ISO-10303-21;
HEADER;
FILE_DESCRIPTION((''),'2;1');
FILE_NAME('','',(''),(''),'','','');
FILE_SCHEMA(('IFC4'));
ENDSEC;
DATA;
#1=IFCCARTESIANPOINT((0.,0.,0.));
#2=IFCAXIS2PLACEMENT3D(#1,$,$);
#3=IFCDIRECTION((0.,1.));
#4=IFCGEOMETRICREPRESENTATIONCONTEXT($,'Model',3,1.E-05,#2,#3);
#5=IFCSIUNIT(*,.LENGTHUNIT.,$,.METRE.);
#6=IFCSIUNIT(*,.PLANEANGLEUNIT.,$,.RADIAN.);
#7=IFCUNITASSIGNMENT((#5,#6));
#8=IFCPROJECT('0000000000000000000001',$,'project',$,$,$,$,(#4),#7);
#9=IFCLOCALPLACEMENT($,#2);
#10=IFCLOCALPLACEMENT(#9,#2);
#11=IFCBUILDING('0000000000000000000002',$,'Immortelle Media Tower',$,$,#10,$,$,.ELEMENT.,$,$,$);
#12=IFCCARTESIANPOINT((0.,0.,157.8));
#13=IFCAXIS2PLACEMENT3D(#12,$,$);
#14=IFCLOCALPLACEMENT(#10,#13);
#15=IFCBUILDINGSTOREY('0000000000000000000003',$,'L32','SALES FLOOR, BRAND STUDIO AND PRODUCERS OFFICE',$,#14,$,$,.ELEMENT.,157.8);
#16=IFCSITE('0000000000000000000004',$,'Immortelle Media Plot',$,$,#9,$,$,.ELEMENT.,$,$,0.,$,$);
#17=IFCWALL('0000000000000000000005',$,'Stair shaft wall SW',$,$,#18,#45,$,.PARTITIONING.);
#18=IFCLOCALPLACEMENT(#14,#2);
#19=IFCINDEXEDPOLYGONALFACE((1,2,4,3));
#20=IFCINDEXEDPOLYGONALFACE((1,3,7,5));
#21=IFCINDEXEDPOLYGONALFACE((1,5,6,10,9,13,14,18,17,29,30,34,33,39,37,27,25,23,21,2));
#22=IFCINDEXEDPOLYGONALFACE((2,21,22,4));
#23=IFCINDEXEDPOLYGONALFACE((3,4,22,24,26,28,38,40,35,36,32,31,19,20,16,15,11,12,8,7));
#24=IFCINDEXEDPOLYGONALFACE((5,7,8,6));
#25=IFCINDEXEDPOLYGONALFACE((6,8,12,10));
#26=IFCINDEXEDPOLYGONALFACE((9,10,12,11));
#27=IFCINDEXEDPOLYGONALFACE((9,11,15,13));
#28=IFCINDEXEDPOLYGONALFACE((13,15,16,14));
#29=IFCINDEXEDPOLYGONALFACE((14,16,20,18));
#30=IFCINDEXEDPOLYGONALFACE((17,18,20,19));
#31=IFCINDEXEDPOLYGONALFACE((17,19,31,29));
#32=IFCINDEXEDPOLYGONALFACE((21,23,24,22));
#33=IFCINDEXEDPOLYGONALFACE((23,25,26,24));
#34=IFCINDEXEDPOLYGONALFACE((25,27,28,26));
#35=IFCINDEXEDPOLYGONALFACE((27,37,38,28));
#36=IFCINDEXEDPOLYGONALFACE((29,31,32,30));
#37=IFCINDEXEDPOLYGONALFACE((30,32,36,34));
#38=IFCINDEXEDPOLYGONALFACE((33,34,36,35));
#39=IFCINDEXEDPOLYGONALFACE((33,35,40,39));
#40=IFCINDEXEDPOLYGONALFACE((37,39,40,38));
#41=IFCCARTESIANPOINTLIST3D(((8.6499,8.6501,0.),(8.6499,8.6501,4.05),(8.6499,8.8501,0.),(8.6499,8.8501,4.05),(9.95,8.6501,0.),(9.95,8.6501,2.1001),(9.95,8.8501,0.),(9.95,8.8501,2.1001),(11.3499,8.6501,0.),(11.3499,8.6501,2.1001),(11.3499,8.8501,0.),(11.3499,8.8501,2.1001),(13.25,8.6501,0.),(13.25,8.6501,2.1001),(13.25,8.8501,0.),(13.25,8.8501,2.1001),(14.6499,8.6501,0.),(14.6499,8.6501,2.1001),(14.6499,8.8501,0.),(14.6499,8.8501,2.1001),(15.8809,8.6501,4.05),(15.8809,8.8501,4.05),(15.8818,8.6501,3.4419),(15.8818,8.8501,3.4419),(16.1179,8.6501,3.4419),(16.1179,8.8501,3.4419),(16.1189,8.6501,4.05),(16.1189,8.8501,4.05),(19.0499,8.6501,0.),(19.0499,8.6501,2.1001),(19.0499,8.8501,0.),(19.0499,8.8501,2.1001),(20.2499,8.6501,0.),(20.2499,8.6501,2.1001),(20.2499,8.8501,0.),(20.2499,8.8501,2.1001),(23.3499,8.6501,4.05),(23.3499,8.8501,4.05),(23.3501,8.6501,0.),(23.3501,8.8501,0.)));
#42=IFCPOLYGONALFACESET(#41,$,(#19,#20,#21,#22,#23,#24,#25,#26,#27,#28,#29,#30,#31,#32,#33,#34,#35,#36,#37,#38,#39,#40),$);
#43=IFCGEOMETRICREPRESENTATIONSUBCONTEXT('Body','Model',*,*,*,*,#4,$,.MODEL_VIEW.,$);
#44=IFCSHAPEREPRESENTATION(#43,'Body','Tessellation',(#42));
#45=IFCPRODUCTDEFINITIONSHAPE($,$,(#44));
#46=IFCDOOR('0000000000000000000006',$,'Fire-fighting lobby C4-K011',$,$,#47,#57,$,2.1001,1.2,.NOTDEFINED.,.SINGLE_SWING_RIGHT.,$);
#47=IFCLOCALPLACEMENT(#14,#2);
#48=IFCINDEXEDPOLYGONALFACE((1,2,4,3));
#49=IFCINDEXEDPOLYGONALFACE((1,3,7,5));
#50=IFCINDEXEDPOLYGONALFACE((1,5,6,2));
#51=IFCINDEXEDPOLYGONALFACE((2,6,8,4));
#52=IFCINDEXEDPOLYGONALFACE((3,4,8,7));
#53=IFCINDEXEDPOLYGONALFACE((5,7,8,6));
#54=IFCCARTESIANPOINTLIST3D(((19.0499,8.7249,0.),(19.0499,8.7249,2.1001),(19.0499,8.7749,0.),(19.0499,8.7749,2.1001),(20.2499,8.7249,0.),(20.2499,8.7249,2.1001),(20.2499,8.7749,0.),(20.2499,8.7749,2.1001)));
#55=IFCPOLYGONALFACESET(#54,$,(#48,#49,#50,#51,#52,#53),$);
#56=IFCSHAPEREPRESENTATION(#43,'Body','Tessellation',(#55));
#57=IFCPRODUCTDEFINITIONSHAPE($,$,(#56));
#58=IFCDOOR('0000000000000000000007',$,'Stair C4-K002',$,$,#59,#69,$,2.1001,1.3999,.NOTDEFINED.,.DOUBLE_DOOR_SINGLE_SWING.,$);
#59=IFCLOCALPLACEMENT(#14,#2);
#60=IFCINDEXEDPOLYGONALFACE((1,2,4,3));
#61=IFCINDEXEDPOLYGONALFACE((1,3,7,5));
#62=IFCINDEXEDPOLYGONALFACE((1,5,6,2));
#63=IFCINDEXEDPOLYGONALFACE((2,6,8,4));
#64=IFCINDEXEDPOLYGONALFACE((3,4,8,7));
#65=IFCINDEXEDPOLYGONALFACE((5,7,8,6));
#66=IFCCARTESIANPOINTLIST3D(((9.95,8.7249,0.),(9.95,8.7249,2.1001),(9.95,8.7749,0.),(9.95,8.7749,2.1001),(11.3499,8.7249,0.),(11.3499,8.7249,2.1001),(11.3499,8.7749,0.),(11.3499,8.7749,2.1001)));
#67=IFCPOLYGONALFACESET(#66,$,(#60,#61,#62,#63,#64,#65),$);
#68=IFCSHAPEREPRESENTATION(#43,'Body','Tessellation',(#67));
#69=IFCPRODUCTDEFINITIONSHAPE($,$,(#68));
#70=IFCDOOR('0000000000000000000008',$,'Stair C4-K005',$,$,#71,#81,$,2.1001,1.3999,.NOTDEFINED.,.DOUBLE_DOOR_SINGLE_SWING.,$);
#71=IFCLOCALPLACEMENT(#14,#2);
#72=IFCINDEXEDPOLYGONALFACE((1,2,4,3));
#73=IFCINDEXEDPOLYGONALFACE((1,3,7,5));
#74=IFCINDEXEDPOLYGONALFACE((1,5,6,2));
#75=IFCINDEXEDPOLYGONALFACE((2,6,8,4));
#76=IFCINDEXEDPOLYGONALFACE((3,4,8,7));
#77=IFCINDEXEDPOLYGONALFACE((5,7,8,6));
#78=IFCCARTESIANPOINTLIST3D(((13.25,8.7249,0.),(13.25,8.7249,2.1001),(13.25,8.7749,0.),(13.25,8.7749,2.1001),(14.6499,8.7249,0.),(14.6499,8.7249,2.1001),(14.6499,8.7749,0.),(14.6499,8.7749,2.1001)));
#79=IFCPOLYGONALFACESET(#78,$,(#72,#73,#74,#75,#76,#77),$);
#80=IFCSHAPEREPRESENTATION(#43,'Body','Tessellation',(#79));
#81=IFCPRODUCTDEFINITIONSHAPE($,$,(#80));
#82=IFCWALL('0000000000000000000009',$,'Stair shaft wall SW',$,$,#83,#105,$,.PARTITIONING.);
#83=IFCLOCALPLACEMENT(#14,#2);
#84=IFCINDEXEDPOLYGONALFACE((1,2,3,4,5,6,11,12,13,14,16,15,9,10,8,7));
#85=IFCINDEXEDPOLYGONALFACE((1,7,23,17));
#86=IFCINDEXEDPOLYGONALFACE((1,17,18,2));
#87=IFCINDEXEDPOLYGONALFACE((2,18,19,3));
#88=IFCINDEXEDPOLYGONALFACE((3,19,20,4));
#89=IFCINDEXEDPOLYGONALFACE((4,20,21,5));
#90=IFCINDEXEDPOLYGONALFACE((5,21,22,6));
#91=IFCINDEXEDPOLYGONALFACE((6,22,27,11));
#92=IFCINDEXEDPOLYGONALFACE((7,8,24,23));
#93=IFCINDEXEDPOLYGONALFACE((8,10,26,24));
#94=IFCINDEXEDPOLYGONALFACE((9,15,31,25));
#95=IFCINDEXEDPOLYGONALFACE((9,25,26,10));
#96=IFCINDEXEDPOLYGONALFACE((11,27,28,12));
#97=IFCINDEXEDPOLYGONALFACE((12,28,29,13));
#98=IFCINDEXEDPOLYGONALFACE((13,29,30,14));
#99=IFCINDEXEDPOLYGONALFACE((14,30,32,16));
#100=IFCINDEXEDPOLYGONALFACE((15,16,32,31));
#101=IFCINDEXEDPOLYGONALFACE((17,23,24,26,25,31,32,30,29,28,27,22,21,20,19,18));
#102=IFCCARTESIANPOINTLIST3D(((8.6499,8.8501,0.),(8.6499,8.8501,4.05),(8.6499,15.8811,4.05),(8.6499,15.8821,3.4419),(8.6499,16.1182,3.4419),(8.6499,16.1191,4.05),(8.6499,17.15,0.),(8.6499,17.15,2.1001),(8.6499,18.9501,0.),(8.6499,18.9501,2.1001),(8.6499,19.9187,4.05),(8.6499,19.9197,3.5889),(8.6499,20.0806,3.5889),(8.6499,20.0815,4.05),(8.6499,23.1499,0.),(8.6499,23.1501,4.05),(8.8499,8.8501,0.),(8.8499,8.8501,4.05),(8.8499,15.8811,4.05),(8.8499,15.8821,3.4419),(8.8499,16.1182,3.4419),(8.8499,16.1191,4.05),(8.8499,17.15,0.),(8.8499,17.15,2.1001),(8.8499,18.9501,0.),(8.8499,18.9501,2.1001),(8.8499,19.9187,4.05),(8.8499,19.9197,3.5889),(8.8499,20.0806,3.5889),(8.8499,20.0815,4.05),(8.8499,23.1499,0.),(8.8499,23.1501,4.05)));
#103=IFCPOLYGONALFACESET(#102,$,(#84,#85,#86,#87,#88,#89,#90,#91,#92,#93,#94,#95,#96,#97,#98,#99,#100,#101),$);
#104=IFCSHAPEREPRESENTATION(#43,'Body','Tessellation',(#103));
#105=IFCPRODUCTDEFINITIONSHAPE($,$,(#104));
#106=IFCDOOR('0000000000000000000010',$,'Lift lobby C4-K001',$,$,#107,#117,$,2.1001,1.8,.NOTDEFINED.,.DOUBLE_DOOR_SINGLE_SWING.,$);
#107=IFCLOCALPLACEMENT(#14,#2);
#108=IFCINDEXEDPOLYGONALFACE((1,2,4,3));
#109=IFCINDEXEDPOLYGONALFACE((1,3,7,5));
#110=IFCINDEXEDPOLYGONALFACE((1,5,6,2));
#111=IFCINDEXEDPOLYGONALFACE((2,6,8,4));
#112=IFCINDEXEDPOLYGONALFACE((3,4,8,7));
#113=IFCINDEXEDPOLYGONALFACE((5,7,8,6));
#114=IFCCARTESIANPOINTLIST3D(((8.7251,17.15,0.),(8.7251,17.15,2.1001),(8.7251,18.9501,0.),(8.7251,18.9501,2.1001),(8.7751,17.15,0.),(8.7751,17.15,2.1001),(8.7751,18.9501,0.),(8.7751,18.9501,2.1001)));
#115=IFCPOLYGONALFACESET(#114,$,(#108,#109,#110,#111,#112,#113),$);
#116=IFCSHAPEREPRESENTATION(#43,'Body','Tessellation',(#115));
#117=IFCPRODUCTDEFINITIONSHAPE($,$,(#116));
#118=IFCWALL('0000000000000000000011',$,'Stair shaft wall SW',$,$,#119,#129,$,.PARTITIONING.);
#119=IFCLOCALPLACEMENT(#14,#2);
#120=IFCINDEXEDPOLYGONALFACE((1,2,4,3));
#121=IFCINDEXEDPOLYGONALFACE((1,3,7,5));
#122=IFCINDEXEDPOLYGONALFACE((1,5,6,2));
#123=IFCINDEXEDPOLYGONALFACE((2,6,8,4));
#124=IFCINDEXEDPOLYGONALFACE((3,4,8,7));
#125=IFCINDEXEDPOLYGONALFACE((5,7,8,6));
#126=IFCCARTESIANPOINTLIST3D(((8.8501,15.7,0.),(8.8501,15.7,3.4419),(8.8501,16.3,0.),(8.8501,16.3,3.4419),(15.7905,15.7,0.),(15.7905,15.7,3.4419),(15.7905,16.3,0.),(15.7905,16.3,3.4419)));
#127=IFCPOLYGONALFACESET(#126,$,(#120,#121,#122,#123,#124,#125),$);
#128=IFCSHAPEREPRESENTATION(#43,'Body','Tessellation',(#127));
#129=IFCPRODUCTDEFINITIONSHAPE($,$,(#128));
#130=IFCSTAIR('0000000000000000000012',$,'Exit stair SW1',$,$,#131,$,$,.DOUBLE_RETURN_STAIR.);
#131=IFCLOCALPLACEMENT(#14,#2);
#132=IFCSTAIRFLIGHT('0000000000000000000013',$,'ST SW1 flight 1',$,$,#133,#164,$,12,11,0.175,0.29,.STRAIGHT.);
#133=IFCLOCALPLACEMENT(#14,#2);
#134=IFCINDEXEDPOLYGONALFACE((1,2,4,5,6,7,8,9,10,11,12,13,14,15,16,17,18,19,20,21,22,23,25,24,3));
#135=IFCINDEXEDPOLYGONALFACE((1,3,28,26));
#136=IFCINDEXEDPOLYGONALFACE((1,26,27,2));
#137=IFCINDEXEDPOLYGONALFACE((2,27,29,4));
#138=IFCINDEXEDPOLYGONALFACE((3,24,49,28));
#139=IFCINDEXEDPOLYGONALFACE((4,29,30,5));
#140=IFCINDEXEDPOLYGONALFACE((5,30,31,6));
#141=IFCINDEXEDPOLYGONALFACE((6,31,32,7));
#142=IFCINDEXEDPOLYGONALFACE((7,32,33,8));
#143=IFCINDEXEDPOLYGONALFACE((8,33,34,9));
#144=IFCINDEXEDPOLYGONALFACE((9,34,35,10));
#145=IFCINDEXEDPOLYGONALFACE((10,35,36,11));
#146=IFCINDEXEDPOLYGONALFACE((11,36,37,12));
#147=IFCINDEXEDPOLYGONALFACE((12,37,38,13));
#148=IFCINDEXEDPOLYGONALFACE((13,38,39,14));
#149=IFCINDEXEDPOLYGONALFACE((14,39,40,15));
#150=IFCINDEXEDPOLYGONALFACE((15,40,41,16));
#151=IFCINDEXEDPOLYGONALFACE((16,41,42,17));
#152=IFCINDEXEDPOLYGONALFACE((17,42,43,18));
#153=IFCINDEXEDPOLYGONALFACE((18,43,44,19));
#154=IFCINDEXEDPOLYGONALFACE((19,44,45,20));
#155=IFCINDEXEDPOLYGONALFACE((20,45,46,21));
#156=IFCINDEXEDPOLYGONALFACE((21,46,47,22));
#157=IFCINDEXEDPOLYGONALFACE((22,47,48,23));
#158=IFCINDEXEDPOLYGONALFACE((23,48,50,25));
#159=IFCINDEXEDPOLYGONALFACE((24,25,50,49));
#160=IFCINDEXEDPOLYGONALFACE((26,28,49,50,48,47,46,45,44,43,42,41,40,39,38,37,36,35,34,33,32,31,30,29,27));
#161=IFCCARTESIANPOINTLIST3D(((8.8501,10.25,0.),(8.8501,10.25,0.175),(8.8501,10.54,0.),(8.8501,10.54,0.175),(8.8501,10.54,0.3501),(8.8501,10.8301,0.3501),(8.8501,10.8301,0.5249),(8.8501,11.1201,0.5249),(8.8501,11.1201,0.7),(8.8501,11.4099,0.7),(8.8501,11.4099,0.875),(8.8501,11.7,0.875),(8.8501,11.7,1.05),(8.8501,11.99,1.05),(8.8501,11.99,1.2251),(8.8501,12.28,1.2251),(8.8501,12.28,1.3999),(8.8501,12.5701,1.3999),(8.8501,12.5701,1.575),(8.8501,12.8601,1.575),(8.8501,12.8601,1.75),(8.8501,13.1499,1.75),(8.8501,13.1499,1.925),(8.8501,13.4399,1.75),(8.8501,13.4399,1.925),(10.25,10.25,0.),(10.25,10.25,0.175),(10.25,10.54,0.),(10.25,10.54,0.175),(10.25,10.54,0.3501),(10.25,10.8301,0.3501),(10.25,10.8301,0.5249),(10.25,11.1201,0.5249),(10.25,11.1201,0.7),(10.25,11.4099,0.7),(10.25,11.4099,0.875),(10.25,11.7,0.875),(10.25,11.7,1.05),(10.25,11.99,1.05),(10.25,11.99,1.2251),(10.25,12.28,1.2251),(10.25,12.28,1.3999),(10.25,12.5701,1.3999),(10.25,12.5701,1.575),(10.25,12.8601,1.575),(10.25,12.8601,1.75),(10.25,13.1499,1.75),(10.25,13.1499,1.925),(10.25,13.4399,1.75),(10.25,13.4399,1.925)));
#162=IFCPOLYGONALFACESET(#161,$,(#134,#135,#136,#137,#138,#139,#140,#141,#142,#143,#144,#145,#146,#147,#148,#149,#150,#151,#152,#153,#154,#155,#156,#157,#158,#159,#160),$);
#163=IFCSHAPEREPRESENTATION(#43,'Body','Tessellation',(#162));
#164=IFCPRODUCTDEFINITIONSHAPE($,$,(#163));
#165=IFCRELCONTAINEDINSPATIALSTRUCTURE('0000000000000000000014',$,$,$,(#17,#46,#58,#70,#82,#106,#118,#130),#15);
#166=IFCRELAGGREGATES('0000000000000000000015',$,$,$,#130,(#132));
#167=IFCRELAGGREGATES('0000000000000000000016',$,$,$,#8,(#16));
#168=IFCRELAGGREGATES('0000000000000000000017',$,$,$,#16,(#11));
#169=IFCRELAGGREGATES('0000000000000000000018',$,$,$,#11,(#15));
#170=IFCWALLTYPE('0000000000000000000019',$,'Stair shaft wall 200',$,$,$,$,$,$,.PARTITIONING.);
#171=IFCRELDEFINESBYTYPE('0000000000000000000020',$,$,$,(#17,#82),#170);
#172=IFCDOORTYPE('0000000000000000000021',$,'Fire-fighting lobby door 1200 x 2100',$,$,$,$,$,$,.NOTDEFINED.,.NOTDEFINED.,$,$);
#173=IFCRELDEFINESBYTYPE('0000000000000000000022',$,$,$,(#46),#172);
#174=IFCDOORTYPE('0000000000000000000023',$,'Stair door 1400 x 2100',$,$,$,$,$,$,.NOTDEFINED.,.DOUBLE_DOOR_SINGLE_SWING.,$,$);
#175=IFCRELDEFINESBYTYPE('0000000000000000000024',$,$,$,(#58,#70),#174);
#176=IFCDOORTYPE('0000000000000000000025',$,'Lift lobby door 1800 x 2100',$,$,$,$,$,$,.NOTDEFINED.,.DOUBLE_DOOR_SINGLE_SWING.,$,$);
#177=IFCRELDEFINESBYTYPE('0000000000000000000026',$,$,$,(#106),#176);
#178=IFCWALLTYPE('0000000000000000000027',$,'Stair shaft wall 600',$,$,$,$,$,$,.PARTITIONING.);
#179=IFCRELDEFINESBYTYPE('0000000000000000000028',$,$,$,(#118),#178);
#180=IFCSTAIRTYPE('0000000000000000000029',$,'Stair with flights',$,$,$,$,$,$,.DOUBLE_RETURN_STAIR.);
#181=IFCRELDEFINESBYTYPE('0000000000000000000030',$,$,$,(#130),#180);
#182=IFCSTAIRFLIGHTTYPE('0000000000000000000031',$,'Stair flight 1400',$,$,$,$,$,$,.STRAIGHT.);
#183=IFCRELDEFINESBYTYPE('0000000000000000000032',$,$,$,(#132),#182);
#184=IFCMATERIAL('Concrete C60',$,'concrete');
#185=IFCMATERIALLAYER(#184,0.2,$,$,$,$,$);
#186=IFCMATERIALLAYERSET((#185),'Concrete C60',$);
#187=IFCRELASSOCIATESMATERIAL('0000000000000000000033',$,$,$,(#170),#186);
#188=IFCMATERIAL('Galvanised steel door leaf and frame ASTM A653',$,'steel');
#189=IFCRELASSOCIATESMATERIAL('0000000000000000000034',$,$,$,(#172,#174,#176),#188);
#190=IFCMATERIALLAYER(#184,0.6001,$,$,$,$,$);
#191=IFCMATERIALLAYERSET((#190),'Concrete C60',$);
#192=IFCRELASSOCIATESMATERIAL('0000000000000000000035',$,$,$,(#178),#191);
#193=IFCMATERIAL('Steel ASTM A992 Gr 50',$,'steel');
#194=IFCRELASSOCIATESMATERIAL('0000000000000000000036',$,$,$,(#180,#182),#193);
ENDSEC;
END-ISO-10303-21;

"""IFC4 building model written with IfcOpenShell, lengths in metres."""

from ifc_helpers import new_model, si_unit, direction, frame, frame_2d, origin, place, context, subcontext, project, spatial, polyline, rectangle, outline, extrude, material, layer, layer_set, type_object, element, fill, aggregate, save


model = new_model("IFC4")

# Units and contexts
model_context = context("Model", 3, precision=1e-05, world=origin(), true_north=direction((0.0, 1.0)))
body_context = subcontext(model_context, "Body", "Model", "MODEL_VIEW")
ifc_project = project(units=[si_unit("LENGTHUNIT", "METRE"), si_unit("PLANEANGLEUNIT", "RADIAN")], contexts=[model_context])

# Site, building, storey
site_placement = place(None, origin())
site = spatial("IfcSite", under=ifc_project, at=site_placement, Name="Immortelle Media Plot", CompositionType="ELEMENT", RefElevation=0.0)
building_placement = place(site_placement, origin())
building = spatial("IfcBuilding", under=site, at=building_placement, Name="Immortelle Media Tower", CompositionType="ELEMENT")
storey_placement = place(building_placement, frame((0.0, 0.0, 157.8)))
storey = spatial("IfcBuildingStorey", under=building, at=storey_placement, Name="L32", Description="SALES FLOOR, BRAND STUDIO AND PRODUCERS OFFICE", CompositionType="ELEMENT", Elevation=157.8)

# Shared definitions
ifc_material_1 = material(Name="Steel ASTM A992 Gr 50", Category="steel")

# Wall, openings, doors
ifc_material_2 = material(Name="Concrete C60", Category="concrete")
ifc_layer_1 = layer(ifc_material_2, 0.2)
ifc_layer_set_1 = layer_set([ifc_layer_1], Name="Concrete C60")
wall_type_1 = type_object("IfcWallType", Name="Stair shaft wall 200", PredefinedType="PARTITIONING", material=ifc_layer_set_1)
wall_1_placement = place(storey_placement, frame((8.6499, 8.75, 0.0), z_axis=(0.0, 0.0, 1.0), x_axis=(1.0, 0.0, 0.0)))
wall_1 = element("IfcWall", 1, at=wall_1_placement, inside=storey, type_object=wall_type_1, Name="Stair shaft wall SW", PredefinedType="PARTITIONING", context=body_context, shape_type="SweptSolid", body=[
    extrude(outline(polyline([(0.0, 0.0), (14.7002, 0.0), (14.7, 4.05), (7.469, 4.05), (7.468, 3.4419), (7.2319, 3.4419), (7.231, 4.05), (0.0, 4.05), (0.0, 0.0)])), frame((0.0, 0.1001, 0.0), z_axis=(0.0, -1.0, 0.0), x_axis=(1.0, 0.0, 0.0)), (0.0, 0.0, 1.0), 0.2),
])
opening_1_placement = place(wall_1_placement, frame((1.3, 0.0, 0.0)))
opening_1 = element("IfcOpeningElement", 2, at=opening_1_placement, cuts=wall_1, PredefinedType="OPENING", context=body_context, shape_type="SweptSolid", body=[
    extrude(rectangle(XDim=1.3999, YDim=2.1001, at=frame_2d((0.7, 1.05))), frame((0.0, 0.1099, 0.0), z_axis=(0.0, -1.0, 0.0), x_axis=(1.0, 0.0, 0.0)), (0.0, 0.0, 1.0), 0.22),
])
opening_2_placement = place(wall_1_placement, frame((4.6001, 0.0, 0.0)))
opening_2 = element("IfcOpeningElement", 3, at=opening_2_placement, cuts=wall_1, PredefinedType="OPENING", context=body_context, shape_type="SweptSolid", body=[
    extrude(rectangle(XDim=1.3999, YDim=2.1001, at=frame_2d((0.7, 1.05))), frame((0.0, 0.1099, 0.0), z_axis=(0.0, -1.0, 0.0), x_axis=(1.0, 0.0, 0.0)), (0.0, 0.0, 1.0), 0.22),
])
opening_3_placement = place(wall_1_placement, frame((10.3999, 0.0, 0.0)))
opening_3 = element("IfcOpeningElement", 4, at=opening_3_placement, cuts=wall_1, PredefinedType="OPENING", context=body_context, shape_type="SweptSolid", body=[
    extrude(rectangle(XDim=1.2, YDim=2.1001, at=frame_2d((0.6001, 1.05))), frame((0.0, 0.1099, 0.0), z_axis=(0.0, -1.0, 0.0), x_axis=(1.0, 0.0, 0.0)), (0.0, 0.0, 1.0), 0.22),
])
ifc_material_3 = material(Name="Galvanised steel door leaf and frame ASTM A653", Category="steel")
door_type_1 = type_object("IfcDoorType", Name="Fire-fighting lobby door 1200 x 2100", OperationType="NOTDEFINED", PredefinedType="NOTDEFINED", material=ifc_material_3)
door_1_placement = place(opening_3_placement, origin())
door_1 = element("IfcDoor", 5, at=door_1_placement, inside=storey, type_object=door_type_1, Name="Fire-fighting lobby C4-K011", OperationType="SINGLE_SWING_RIGHT", OverallHeight=2.1001, OverallWidth=1.2, PredefinedType="NOTDEFINED", context=body_context, shape_type="SweptSolid", body=[
    extrude(rectangle(XDim=1.2, YDim=2.1001, at=frame_2d((0.6001, 1.05))), frame((0.0, 0.0249, 0.0), z_axis=(0.0, -1.0, 0.0), x_axis=(1.0, 0.0, 0.0)), (0.0, 0.0, 1.0), 0.05),
])
fill(opening_3, door_1)
door_type_2 = type_object("IfcDoorType", Name="Stair door 1400 x 2100", OperationType="DOUBLE_DOOR_SINGLE_SWING", PredefinedType="NOTDEFINED", material=ifc_material_3)
door_2_placement = place(opening_1_placement, origin())
door_2 = element("IfcDoor", 6, at=door_2_placement, inside=storey, type_object=door_type_2, Name="Stair C4-K002", OperationType="DOUBLE_DOOR_SINGLE_SWING", OverallHeight=2.1001, OverallWidth=1.3999, PredefinedType="NOTDEFINED", context=body_context, shape_type="SweptSolid", body=[
    extrude(rectangle(XDim=1.3999, YDim=2.1001, at=frame_2d((0.7, 1.05))), frame((0.0, 0.0249, 0.0), z_axis=(0.0, -1.0, 0.0), x_axis=(1.0, 0.0, 0.0)), (0.0, 0.0, 1.0), 0.05),
])
fill(opening_1, door_2)
door_3_placement = place(opening_2_placement, origin())
door_3 = element("IfcDoor", 7, at=door_3_placement, inside=storey, type_object=door_type_2, Name="Stair C4-K005", OperationType="DOUBLE_DOOR_SINGLE_SWING", OverallHeight=2.1001, OverallWidth=1.3999, PredefinedType="NOTDEFINED", context=body_context, shape_type="SweptSolid", body=[
    extrude(rectangle(XDim=1.3999, YDim=2.1001, at=frame_2d((0.7, 1.05))), frame((0.0, 0.0249, 0.0), z_axis=(0.0, -1.0, 0.0), x_axis=(1.0, 0.0, 0.0)), (0.0, 0.0, 1.0), 0.05),
])
fill(opening_2, door_3)

# Wall, opening, door
wall_2_placement = place(storey_placement, frame((8.75, 8.8501, 0.0), z_axis=(0.0, 0.0, 1.0), x_axis=(0.0, 1.0, 0.0)))
wall_2 = element("IfcWall", 8, at=wall_2_placement, inside=storey, type_object=wall_type_1, Name="Stair shaft wall SW", PredefinedType="PARTITIONING", context=body_context, shape_type="SweptSolid", body=[
    extrude(outline(polyline([(0.0, 0.0), (14.2998, 0.0), (14.3, 4.05), (11.2314, 4.05), (11.2305, 3.5889), (11.0696, 3.5889), (11.0686, 4.05), (7.269, 4.05), (7.2681, 3.4419), (7.032, 3.4419), (7.031, 4.05), (0.0, 4.05), (0.0, 0.0)])), frame((0.0, 0.1001, 0.0), z_axis=(0.0, -1.0, 0.0), x_axis=(1.0, 0.0, 0.0)), (0.0, 0.0, 1.0), 0.2),
])
opening_4_placement = place(wall_2_placement, frame((8.3, 0.0, 0.0)))
opening_4 = element("IfcOpeningElement", 9, at=opening_4_placement, cuts=wall_2, PredefinedType="OPENING", context=body_context, shape_type="SweptSolid", body=[
    extrude(rectangle(XDim=1.8, YDim=2.1001, at=frame_2d((0.8999, 1.05))), frame((0.0, 0.1099, 0.0), z_axis=(0.0, -1.0, 0.0), x_axis=(1.0, 0.0, 0.0)), (0.0, 0.0, 1.0), 0.22),
])
door_type_3 = type_object("IfcDoorType", Name="Lift lobby door 1800 x 2100", OperationType="DOUBLE_DOOR_SINGLE_SWING", PredefinedType="NOTDEFINED", material=ifc_material_3)
door_4_placement = place(opening_4_placement, origin())
door_4 = element("IfcDoor", 10, at=door_4_placement, inside=storey, type_object=door_type_3, Name="Lift lobby C4-K001", OperationType="DOUBLE_DOOR_SINGLE_SWING", OverallHeight=2.1001, OverallWidth=1.8, PredefinedType="NOTDEFINED", context=body_context, shape_type="SweptSolid", body=[
    extrude(rectangle(XDim=1.8, YDim=2.1001, at=frame_2d((0.8999, 1.05))), frame((0.0, 0.0249, 0.0), z_axis=(0.0, -1.0, 0.0), x_axis=(1.0, 0.0, 0.0)), (0.0, 0.0, 1.0), 0.05),
])
fill(opening_4, door_4)

# Wall
ifc_layer_2 = layer(ifc_material_2, 0.6001)
ifc_layer_set_2 = layer_set([ifc_layer_2], Name="Concrete C60")
wall_type_2 = type_object("IfcWallType", Name="Stair shaft wall 600", PredefinedType="PARTITIONING", material=ifc_layer_set_2)
wall_3_placement = place(storey_placement, frame((8.8501, 16.0, 0.0), z_axis=(0.0, 0.0, 1.0), x_axis=(1.0, 0.0, 0.0)))
element("IfcWall", 11, at=wall_3_placement, inside=storey, type_object=wall_type_2, Name="Stair shaft wall SW", PredefinedType="PARTITIONING", context=body_context, shape_type="SweptSolid", body=[
    extrude(rectangle(XDim=6.9404, YDim=0.6001, at=frame_2d((3.4702, 0.0))), origin(), (0.0, 0.0, 1.0), 3.4419),
])

# Stair, stair flight
stair_type = type_object("IfcStairType", Name="Stair with flights", PredefinedType="DOUBLE_RETURN_STAIR", material=ifc_material_1)
stair_placement = place(storey_placement, origin())
stair = element("IfcStair", 12, at=stair_placement, inside=storey, type_object=stair_type, Name="Exit stair SW1", PredefinedType="DOUBLE_RETURN_STAIR")
stair_flight_type = type_object("IfcStairFlightType", Name="Stair flight 1400", PredefinedType="STRAIGHT", material=ifc_material_1)
stair_flight_1_placement = place(storey_placement, frame((9.55, 10.25, 0.0), z_axis=(0.0, 0.0, 1.0), x_axis=(0.0, 1.0, 0.0)))
stair_flight_1 = element("IfcStairFlight", 13, at=stair_flight_1_placement, type_object=stair_flight_type, Name="ST SW1 flight 1", NumberOfRisers=12, NumberOfTreads=11, PredefinedType="STRAIGHT", RiserHeight=0.175, TreadLength=0.29, context=body_context, shape_type="SweptSolid", body=[
    extrude(outline(polyline([(0.0, 0.0), (0.0, 0.175), (0.29, 0.175), (0.29, 0.3501), (0.5801, 0.3501), (0.5801, 0.5249), (0.8701, 0.5249), (0.8701, 0.7), (1.1599, 0.7), (1.1599, 0.875), (1.45, 0.875), (1.45, 1.05), (1.74, 1.05), (1.74, 1.2251), (2.03, 1.2251), (2.03, 1.3999), (2.3201, 1.3999), (2.3201, 1.575), (2.6101, 1.575), (2.6101, 1.75), (2.8999, 1.75), (2.8999, 1.925), (3.1899, 1.925), (3.1899, 2.1001), (3.1899, 1.75), (0.29, 0.0), (0.0, 0.0)])), frame((0.0, 0.7, 0.0), z_axis=(0.0, -1.0, 0.0), x_axis=(1.0, 0.0, 0.0)), (0.0, 0.0, 1.0), 1.3999),
])
aggregate(stair, [stair_flight_1])

save(model, "model.ifc")
